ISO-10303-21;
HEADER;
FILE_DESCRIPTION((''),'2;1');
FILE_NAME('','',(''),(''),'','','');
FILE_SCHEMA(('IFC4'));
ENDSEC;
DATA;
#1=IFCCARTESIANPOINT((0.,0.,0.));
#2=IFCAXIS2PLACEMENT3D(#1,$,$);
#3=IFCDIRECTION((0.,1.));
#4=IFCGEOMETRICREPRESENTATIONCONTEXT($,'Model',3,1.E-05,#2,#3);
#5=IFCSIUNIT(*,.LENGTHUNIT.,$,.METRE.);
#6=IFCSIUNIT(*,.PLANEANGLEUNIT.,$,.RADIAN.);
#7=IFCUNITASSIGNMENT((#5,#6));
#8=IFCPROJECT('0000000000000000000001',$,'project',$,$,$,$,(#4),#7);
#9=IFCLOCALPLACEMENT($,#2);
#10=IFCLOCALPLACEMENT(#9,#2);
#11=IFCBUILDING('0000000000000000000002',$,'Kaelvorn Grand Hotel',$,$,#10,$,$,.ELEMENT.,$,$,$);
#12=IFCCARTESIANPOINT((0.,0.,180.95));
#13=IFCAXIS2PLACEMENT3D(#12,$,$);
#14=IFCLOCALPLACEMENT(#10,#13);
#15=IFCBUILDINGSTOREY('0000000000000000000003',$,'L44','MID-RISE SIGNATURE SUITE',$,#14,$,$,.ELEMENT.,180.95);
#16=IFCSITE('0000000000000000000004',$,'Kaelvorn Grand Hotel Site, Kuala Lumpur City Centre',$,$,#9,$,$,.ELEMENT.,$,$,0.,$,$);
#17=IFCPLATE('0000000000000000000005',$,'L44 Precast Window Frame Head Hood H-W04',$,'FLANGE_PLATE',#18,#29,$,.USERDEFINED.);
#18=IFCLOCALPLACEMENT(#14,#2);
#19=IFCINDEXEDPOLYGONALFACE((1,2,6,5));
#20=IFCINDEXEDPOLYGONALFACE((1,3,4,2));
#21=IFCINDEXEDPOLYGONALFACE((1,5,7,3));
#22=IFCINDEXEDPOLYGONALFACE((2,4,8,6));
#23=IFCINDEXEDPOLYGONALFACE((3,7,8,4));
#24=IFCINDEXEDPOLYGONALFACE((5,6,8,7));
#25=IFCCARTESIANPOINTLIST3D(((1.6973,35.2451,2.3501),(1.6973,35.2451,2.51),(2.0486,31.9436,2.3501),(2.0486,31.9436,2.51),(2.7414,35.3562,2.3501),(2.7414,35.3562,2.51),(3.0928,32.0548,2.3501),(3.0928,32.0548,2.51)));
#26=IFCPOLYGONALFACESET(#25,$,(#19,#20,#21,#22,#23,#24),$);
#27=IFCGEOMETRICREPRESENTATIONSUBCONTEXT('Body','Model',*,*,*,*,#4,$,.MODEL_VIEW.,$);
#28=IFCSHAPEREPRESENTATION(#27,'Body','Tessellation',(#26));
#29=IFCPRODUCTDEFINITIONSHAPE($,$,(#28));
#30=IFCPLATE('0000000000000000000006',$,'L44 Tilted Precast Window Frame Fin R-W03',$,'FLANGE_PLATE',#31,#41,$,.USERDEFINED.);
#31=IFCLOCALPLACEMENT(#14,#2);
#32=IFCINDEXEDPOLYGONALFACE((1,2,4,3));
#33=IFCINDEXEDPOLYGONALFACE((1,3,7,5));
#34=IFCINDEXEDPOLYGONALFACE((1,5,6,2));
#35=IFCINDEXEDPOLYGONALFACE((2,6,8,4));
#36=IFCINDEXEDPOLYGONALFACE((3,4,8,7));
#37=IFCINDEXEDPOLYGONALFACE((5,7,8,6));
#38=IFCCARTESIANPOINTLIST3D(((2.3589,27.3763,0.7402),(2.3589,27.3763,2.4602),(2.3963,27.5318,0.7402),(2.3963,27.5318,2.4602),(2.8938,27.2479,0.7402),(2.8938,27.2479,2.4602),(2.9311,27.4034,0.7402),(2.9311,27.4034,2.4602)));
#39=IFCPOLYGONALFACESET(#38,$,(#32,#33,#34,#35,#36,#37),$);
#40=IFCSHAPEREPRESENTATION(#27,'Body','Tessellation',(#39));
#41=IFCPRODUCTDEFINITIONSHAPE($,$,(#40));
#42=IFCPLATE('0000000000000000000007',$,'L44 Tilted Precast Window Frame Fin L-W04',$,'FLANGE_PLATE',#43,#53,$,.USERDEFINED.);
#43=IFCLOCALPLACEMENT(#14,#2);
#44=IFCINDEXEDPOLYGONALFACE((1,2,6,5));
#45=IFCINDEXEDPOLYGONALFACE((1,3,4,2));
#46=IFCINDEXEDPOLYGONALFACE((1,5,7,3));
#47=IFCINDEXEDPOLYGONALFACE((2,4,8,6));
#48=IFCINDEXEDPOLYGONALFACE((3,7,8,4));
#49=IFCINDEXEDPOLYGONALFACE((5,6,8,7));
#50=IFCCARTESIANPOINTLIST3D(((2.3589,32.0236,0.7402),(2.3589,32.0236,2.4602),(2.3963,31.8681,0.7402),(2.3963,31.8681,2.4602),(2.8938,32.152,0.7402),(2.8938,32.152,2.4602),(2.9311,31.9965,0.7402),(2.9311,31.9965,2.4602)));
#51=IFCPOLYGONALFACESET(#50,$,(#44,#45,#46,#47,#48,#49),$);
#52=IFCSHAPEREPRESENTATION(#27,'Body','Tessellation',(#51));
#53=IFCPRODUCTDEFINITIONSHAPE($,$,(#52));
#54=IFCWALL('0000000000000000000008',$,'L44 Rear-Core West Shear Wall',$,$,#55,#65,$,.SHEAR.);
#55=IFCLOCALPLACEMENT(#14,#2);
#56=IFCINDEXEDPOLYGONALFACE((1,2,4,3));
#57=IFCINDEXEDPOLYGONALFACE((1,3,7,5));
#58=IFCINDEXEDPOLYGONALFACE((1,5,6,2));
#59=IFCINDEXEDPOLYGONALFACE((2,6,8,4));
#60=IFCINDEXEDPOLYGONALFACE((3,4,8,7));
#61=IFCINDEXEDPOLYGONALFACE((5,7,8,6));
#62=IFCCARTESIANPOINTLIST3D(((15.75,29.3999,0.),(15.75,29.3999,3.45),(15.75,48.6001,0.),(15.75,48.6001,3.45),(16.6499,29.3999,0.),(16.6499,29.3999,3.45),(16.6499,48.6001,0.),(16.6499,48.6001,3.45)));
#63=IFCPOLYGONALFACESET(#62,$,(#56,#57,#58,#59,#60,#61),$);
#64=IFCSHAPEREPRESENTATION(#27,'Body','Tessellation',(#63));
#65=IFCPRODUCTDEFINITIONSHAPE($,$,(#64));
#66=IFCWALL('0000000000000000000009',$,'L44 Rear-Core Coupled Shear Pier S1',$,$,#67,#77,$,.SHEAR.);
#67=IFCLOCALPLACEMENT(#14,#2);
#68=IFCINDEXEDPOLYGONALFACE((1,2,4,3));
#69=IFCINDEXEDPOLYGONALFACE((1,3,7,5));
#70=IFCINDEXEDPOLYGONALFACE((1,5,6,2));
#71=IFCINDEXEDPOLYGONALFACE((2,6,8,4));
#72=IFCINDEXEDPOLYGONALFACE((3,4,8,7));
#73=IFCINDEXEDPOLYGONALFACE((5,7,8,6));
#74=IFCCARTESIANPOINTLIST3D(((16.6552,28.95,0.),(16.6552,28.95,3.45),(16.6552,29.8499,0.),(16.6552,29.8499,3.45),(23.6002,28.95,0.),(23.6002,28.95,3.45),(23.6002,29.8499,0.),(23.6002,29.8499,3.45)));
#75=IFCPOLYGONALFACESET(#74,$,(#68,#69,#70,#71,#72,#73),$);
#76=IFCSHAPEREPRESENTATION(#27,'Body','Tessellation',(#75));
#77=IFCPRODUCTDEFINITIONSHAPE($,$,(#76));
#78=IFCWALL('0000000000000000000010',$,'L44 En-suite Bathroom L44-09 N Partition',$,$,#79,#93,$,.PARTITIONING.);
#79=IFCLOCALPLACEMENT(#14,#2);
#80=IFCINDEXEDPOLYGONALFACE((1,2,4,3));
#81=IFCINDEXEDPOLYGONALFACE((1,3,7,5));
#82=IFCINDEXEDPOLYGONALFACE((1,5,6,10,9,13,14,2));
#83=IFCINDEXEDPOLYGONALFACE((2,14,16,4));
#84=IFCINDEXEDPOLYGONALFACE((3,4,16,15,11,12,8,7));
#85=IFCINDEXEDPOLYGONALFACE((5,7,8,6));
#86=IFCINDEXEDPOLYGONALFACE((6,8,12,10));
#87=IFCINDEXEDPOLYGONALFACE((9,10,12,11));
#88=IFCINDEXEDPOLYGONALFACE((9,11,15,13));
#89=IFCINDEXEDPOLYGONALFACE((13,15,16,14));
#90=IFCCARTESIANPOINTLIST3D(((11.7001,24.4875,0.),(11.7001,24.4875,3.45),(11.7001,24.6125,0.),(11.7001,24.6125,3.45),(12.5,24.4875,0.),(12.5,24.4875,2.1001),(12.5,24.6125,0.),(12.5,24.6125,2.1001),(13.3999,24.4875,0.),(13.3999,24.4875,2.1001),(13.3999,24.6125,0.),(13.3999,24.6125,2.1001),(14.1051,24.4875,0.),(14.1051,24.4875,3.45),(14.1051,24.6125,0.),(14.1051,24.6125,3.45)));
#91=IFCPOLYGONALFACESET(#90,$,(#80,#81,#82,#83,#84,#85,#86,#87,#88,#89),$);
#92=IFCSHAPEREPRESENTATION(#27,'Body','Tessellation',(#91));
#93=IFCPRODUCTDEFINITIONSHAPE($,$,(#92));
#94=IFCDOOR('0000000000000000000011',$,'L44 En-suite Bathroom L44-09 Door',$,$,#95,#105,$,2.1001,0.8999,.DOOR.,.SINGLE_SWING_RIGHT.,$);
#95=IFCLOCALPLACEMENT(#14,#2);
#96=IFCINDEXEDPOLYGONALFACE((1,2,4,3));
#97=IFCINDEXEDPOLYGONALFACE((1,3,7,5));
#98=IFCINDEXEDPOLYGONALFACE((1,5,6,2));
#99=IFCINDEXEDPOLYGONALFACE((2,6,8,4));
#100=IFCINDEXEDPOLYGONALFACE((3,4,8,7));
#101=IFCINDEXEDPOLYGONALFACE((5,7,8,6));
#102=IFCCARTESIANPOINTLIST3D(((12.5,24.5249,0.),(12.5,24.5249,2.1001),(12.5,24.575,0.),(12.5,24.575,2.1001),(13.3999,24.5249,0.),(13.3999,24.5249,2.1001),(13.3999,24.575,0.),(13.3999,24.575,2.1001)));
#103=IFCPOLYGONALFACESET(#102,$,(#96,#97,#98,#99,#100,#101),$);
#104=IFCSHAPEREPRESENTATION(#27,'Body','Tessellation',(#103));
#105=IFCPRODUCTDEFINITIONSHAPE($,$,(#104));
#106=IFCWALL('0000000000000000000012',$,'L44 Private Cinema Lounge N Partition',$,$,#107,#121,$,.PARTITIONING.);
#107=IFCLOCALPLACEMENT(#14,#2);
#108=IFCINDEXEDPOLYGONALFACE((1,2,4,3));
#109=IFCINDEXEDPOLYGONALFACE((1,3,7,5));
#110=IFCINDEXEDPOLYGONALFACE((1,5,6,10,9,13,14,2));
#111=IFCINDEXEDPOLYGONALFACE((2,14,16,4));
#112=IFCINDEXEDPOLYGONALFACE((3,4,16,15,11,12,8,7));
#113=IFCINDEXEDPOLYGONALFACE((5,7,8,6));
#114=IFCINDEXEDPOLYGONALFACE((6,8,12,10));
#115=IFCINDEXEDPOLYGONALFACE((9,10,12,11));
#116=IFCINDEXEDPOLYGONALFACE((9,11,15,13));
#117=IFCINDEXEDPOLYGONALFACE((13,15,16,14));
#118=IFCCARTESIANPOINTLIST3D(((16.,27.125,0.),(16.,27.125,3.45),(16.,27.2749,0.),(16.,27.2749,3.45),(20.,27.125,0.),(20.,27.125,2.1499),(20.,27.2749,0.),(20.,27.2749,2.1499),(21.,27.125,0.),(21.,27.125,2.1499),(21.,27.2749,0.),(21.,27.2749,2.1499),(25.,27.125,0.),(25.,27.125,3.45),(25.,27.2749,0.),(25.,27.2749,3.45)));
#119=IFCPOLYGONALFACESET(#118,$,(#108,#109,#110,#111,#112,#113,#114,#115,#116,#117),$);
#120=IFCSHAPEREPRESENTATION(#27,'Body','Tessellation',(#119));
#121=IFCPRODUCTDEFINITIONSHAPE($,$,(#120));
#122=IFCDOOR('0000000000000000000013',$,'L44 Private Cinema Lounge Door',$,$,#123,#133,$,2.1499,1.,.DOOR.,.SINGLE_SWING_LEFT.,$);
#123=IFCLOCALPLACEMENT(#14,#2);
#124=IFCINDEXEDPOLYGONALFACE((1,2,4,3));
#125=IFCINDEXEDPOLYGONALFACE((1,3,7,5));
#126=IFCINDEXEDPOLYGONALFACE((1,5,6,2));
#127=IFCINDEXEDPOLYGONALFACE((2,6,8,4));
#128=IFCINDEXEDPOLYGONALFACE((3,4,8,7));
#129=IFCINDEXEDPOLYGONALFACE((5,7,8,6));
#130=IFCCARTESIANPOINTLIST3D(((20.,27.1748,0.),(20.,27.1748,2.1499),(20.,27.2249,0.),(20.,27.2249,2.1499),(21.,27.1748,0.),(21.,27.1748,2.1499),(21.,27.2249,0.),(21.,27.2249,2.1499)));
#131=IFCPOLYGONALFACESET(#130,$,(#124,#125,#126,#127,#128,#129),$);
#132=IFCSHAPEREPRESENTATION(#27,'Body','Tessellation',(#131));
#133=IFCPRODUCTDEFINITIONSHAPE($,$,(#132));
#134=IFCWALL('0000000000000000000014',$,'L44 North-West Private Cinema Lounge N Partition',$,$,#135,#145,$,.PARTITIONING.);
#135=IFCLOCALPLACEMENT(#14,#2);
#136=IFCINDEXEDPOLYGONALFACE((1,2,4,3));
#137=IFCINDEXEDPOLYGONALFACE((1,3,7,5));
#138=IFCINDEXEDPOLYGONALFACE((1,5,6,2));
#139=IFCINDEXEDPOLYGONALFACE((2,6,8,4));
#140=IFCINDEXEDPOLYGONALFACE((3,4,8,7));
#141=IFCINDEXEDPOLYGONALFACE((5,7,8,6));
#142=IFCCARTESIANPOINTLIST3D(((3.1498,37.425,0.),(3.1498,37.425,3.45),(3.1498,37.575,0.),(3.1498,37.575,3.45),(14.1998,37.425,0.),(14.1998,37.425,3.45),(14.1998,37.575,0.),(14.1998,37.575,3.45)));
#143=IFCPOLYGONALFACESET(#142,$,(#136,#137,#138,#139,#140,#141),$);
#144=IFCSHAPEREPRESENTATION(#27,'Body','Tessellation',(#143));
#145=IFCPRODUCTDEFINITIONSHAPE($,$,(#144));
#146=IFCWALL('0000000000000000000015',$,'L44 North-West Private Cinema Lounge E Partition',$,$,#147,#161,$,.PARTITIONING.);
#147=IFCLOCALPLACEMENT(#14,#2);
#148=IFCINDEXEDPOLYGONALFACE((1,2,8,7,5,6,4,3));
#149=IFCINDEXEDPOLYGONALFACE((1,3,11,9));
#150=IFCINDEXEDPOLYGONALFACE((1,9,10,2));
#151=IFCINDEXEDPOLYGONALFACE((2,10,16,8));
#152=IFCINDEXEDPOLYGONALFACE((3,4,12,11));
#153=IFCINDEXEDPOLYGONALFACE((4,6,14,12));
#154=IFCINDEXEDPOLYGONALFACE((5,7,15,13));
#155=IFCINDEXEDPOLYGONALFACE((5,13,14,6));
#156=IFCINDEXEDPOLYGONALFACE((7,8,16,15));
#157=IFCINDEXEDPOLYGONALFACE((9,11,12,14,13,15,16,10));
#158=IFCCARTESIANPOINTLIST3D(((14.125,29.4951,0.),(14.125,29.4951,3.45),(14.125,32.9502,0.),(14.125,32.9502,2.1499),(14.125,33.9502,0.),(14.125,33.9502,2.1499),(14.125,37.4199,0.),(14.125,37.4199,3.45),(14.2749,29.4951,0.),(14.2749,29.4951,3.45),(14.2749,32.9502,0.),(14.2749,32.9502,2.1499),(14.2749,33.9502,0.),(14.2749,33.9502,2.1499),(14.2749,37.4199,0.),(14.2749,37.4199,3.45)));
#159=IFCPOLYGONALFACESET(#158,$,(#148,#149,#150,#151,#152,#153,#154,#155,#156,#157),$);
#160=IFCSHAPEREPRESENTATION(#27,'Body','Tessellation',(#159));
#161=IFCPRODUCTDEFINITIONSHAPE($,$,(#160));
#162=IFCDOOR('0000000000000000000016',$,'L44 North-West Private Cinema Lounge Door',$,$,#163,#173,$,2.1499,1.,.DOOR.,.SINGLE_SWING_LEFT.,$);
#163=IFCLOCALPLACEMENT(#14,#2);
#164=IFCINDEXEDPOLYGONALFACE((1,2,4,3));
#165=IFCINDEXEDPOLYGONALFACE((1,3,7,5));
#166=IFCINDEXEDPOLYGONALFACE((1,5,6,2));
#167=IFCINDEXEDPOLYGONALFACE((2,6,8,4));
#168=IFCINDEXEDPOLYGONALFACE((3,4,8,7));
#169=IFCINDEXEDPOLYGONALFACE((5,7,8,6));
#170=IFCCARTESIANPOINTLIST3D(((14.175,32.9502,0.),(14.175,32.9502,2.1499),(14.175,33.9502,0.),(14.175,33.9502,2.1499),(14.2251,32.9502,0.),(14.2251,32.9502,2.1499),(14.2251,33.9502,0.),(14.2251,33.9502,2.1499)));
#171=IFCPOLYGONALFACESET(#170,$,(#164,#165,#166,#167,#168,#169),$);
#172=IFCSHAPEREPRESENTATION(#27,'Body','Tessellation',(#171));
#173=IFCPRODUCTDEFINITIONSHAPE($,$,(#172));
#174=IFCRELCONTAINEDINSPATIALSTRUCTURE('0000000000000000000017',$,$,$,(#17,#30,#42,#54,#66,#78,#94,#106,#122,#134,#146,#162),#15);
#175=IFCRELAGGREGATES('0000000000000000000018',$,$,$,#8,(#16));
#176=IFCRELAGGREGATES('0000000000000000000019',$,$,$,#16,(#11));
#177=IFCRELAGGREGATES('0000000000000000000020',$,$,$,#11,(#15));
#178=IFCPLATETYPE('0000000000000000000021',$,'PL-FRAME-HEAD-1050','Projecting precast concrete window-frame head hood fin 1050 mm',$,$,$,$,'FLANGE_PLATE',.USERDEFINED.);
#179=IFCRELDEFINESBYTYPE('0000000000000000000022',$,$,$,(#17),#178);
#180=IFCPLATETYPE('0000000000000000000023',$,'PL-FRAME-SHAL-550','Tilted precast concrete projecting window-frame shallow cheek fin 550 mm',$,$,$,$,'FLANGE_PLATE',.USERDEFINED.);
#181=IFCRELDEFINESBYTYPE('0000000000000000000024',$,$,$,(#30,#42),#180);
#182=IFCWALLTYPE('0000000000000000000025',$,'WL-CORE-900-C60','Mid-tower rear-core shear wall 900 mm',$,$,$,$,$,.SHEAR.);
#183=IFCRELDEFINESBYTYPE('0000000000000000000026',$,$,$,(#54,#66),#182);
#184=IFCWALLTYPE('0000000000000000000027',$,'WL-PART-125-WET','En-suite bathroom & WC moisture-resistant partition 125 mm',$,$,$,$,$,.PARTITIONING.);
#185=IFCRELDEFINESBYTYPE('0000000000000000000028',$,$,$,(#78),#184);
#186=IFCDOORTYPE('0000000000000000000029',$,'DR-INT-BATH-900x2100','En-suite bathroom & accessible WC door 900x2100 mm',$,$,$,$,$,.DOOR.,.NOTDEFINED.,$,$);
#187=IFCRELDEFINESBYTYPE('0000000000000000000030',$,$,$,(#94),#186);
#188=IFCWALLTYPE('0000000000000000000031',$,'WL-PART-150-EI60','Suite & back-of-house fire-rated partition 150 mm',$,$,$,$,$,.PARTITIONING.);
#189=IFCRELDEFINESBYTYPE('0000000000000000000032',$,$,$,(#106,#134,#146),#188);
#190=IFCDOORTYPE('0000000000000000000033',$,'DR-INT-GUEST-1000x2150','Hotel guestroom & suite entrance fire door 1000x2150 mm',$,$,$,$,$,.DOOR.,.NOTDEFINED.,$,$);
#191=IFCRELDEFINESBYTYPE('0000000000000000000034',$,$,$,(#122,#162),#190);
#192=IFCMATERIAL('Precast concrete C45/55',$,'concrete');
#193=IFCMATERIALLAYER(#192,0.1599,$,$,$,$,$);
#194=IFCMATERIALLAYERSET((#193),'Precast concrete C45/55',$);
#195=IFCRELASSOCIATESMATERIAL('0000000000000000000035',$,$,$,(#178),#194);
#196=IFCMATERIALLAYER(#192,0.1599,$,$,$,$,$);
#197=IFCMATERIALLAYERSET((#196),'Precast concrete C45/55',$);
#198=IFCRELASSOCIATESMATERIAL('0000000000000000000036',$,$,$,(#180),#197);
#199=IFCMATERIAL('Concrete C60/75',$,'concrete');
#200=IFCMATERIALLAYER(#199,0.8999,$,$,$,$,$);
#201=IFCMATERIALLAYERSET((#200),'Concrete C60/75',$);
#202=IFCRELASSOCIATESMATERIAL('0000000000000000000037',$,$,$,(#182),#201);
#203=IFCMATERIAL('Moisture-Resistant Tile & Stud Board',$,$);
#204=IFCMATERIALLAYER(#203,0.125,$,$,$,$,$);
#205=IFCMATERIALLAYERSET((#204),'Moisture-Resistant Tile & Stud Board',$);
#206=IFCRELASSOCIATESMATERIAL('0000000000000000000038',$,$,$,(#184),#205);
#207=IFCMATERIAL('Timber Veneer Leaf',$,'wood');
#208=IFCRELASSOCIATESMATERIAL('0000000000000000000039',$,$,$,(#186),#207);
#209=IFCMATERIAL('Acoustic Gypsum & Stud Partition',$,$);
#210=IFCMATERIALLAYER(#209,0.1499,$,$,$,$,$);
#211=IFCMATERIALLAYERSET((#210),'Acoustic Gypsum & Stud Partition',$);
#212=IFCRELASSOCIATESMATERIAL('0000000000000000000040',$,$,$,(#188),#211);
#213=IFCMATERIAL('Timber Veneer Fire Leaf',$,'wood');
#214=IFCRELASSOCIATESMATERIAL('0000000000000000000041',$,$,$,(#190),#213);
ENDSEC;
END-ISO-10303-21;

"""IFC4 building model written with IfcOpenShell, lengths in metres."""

from ifc_helpers import new_model, si_unit, direction, frame, frame_2d, origin, origin_2d, place, context, subcontext, project, spatial, rectangle, extrude, material, layer, layer_set, type_object, element, fill, save


model = new_model("IFC4")

# Units and contexts
model_context = context("Model", 3, precision=1e-05, world=origin(), true_north=direction((0.0, 1.0)))
body_context = subcontext(model_context, "Body", "Model", "MODEL_VIEW")
ifc_project = project(units=[si_unit("LENGTHUNIT", "METRE"), si_unit("PLANEANGLEUNIT", "RADIAN")], contexts=[model_context])

# Site, building, storey
site_placement = place(None, origin())
site = spatial("IfcSite", under=ifc_project, at=site_placement, Name="Kaelvorn Grand Hotel Site, Kuala Lumpur City Centre", CompositionType="ELEMENT", RefElevation=0.0)
building_placement = place(site_placement, origin())
building = spatial("IfcBuilding", under=site, at=building_placement, Name="Kaelvorn Grand Hotel", CompositionType="ELEMENT")
storey_placement = place(building_placement, frame((0.0, 0.0, 180.95)))
storey = spatial("IfcBuildingStorey", under=building, at=storey_placement, Name="L44", Description="MID-RISE SIGNATURE SUITE", CompositionType="ELEMENT", Elevation=180.95)

# Shared definitions
ifc_material_1 = material(Name="Concrete C60/75", Category="concrete")

# Plates
ifc_material_2 = material(Name="Precast concrete C45/55", Category="concrete")
ifc_layer_1 = layer(ifc_material_2, 0.1599)
ifc_layer_set_1 = layer_set([ifc_layer_1], Name="Precast concrete C45/55")
plate_type_1 = type_object("IfcPlateType", Name="PL-FRAME-HEAD-1050", Description="Projecting precast concrete window-frame head hood fin 1050 mm", ElementType="FLANGE_PLATE", PredefinedType="USERDEFINED", material=ifc_layer_set_1)
for number, where, z_axis, x_axis, name in (
    (1, (2.395, 33.6499, 2.3501), (0.0, 0.0, 1.0), (-0.10583, 0.994384, 0.0), "L44 Precast Window Frame Head Hood H-W04"),
):
    element("IfcPlate", number, at=place(storey_placement, frame(where, z_axis=z_axis, x_axis=x_axis)), inside=storey, type_object=plate_type_1, Name=name, ObjectType="FLANGE_PLATE", PredefinedType="USERDEFINED", context=body_context, shape_type="SweptSolid", body=[
        extrude(rectangle(XDim=3.3201, YDim=1.05, at=origin_2d()), origin(), (0.0, 0.0, 1.0), 0.1599),
    ])
ifc_layer_2 = layer(ifc_material_2, 0.1599)
ifc_layer_set_2 = layer_set([ifc_layer_2], Name="Precast concrete C45/55")
plate_type_2 = type_object("IfcPlateType", Name="PL-FRAME-SHAL-550", Description="Tilted precast concrete projecting window-frame shallow cheek fin 550 mm", ElementType="FLANGE_PLATE", PredefinedType="USERDEFINED", material=ifc_layer_set_2)
for number, where, z_axis, x_axis, name in (
    (2, (2.645, 27.3899, 0.7402), (0.0, 0.0, 1.0), (0.233445, 0.97237, 0.0), "L44 Tilted Precast Window Frame Fin R-W03"),
    (3, (2.645, 32.01, 0.7402), (0.0, 0.0, 1.0), (-0.233445, 0.97237, 0.0), "L44 Tilted Precast Window Frame Fin L-W04"),
):
    element("IfcPlate", number, at=place(storey_placement, frame(where, z_axis=z_axis, x_axis=x_axis)), inside=storey, type_object=plate_type_2, Name=name, ObjectType="FLANGE_PLATE", PredefinedType="USERDEFINED", context=body_context, shape_type="SweptSolid", body=[
        extrude(rectangle(XDim=0.1599, YDim=0.55, at=origin_2d()), origin(), (0.0, 0.0, 1.0), 1.72),
    ])

# Walls
ifc_layer_3 = layer(ifc_material_1, 0.8999)
ifc_layer_set_3 = layer_set([ifc_layer_3], Name="Concrete C60/75")
wall_type_1 = type_object("IfcWallType", Name="WL-CORE-900-C60", Description="Mid-tower rear-core shear wall 900 mm", PredefinedType="SHEAR", material=ifc_layer_set_3)
wall_1_placement = place(storey_placement, frame((16.2, 29.3999, 0.0), z_axis=(0.0, 0.0, 1.0), x_axis=(0.0, 1.0, 0.0)))
element("IfcWall", 4, at=wall_1_placement, inside=storey, type_object=wall_type_1, Name="L44 Rear-Core West Shear Wall", PredefinedType="SHEAR", context=body_context, shape_type="SweptSolid", body=[
    extrude(rectangle(XDim=19.2002, YDim=0.8999, at=frame_2d((9.6001, 0.0))), origin(), (0.0, 0.0, 1.0), 3.45),
])
wall_2_placement = place(storey_placement, frame((16.655, 29.3999, 0.0), z_axis=(0.0, 0.0, 1.0), x_axis=(1.0, 0.0, 0.0)))
element("IfcWall", 5, at=wall_2_placement, inside=storey, type_object=wall_type_1, Name="L44 Rear-Core Coupled Shear Pier S1", PredefinedType="SHEAR", context=body_context, shape_type="SweptSolid", body=[
    extrude(rectangle(XDim=6.9451, YDim=0.8999, at=frame_2d((3.4727, 0.0))), origin(), (0.0, 0.0, 1.0), 3.45),
])

# Walls, openings, doors
ifc_material_3 = material(Name="Moisture-Resistant Tile & Stud Board")
ifc_layer_4 = layer(ifc_material_3, 0.125)
ifc_layer_set_4 = layer_set([ifc_layer_4], Name="Moisture-Resistant Tile & Stud Board")
wall_type_2 = type_object("IfcWallType", Name="WL-PART-125-WET", Description="En-suite bathroom & WC moisture-resistant partition 125 mm", PredefinedType="PARTITIONING", material=ifc_layer_set_4)
wall_3_placement = place(storey_placement, frame((11.7, 24.55, 0.0), z_axis=(0.0, 0.0, 1.0), x_axis=(1.0, 0.0, 0.0)))
wall_3 = element("IfcWall", 6, at=wall_3_placement, inside=storey, type_object=wall_type_2, Name="L44 En-suite Bathroom L44-09 N Partition", PredefinedType="PARTITIONING", context=body_context, shape_type="SweptSolid", body=[
    extrude(rectangle(XDim=2.405, YDim=0.125, at=frame_2d((1.2026, 0.0))), origin(), (0.0, 0.0, 1.0), 3.45),
])
opening_1_placement = place(wall_3_placement, frame((0.8, 0.0, 0.0)))
opening_1 = element("IfcOpeningElement", 7, at=opening_1_placement, cuts=wall_3, PredefinedType="OPENING", context=body_context, shape_type="SweptSolid", body=[
    extrude(rectangle(XDim=0.8999, YDim=2.1001, at=frame_2d((0.45, 1.05))), frame((0.0, 0.0725, 0.0), z_axis=(0.0, -1.0, 0.0), x_axis=(1.0, 0.0, 0.0)), (0.0, 0.0, 1.0), 0.145),
])
ifc_material_4 = material(Name="Timber Veneer Leaf", Category="wood")
door_type_1 = type_object("IfcDoorType", Name="DR-INT-BATH-900x2100", Description="En-suite bathroom & accessible WC door 900x2100 mm", OperationType="NOTDEFINED", PredefinedType="DOOR", material=ifc_material_4)
door_1_placement = place(opening_1_placement, origin())
door_1 = element("IfcDoor", 8, at=door_1_placement, inside=storey, type_object=door_type_1, Name="L44 En-suite Bathroom L44-09 Door", OperationType="SINGLE_SWING_RIGHT", OverallHeight=2.1001, OverallWidth=0.8999, PredefinedType="DOOR", context=body_context, shape_type="SweptSolid", body=[
    extrude(rectangle(XDim=0.8999, YDim=2.1001, at=frame_2d((0.45, 1.05))), frame((0.0, 0.0249, 0.0), z_axis=(0.0, -1.0, 0.0), x_axis=(1.0, 0.0, 0.0)), (0.0, 0.0, 1.0), 0.05),
])
fill(opening_1, door_1)
ifc_material_5 = material(Name="Acoustic Gypsum & Stud Partition")
ifc_layer_5 = layer(ifc_material_5, 0.1499)
ifc_layer_set_5 = layer_set([ifc_layer_5], Name="Acoustic Gypsum & Stud Partition")
wall_type_3 = type_object("IfcWallType", Name="WL-PART-150-EI60", Description="Suite & back-of-house fire-rated partition 150 mm", PredefinedType="PARTITIONING", material=ifc_layer_set_5)
wall_4_placement = place(storey_placement, frame((16.0, 27.2, 0.0), z_axis=(0.0, 0.0, 1.0), x_axis=(1.0, 0.0, 0.0)))
wall_4 = element("IfcWall", 9, at=wall_4_placement, inside=storey, type_object=wall_type_3, Name="L44 Private Cinema Lounge N Partition", PredefinedType="PARTITIONING", context=body_context, shape_type="SweptSolid", body=[
    extrude(rectangle(XDim=9.0, YDim=0.1499, at=frame_2d((4.5, 0.0))), origin(), (0.0, 0.0, 1.0), 3.45),
])
opening_2_placement = place(wall_4_placement, frame((4.0, 0.0, 0.0)))
opening_2 = element("IfcOpeningElement", 10, at=opening_2_placement, cuts=wall_4, PredefinedType="OPENING", context=body_context, shape_type="SweptSolid", body=[
    extrude(rectangle(XDim=1.0, YDim=2.1499, at=frame_2d((0.5, 1.075))), frame((0.0, 0.085, 0.0), z_axis=(0.0, -1.0, 0.0), x_axis=(1.0, 0.0, 0.0)), (0.0, 0.0, 1.0), 0.1699),
])
ifc_material_6 = material(Name="Timber Veneer Fire Leaf", Category="wood")
door_type_2 = type_object("IfcDoorType", Name="DR-INT-GUEST-1000x2150", Description="Hotel guestroom & suite entrance fire door 1000x2150 mm", OperationType="NOTDEFINED", PredefinedType="DOOR", material=ifc_material_6)
door_2_placement = place(opening_2_placement, origin())
door_2 = element("IfcDoor", 11, at=door_2_placement, inside=storey, type_object=door_type_2, Name="L44 Private Cinema Lounge Door", OperationType="SINGLE_SWING_LEFT", OverallHeight=2.1499, OverallWidth=1.0, PredefinedType="DOOR", context=body_context, shape_type="SweptSolid", body=[
    extrude(rectangle(XDim=1.0, YDim=2.1499, at=frame_2d((0.5, 1.075))), frame((0.0, 0.0249, 0.0), z_axis=(0.0, -1.0, 0.0), x_axis=(1.0, 0.0, 0.0)), (0.0, 0.0, 1.0), 0.05),
])
fill(opening_2, door_2)

# Wall
wall_5_placement = place(storey_placement, frame((3.1499, 37.5, 0.0), z_axis=(0.0, 0.0, 1.0), x_axis=(1.0, 0.0, 0.0)))
element("IfcWall", 12, at=wall_5_placement, inside=storey, type_object=wall_type_3, Name="L44 North-West Private Cinema Lounge N Partition", PredefinedType="PARTITIONING", context=body_context, shape_type="SweptSolid", body=[
    extrude(rectangle(XDim=11.05, YDim=0.1499, at=frame_2d((5.5249, 0.0))), origin(), (0.0, 0.0, 1.0), 3.45),
])

# Wall, opening, door
wall_6_placement = place(storey_placement, frame((14.2, 29.4951, 0.0), z_axis=(0.0, 0.0, 1.0), x_axis=(0.0, 1.0, 0.0)))
wall_6 = element("IfcWall", 13, at=wall_6_placement, inside=storey, type_object=wall_type_3, Name="L44 North-West Private Cinema Lounge E Partition", PredefinedType="PARTITIONING", context=body_context, shape_type="SweptSolid", body=[
    extrude(rectangle(XDim=7.9248, YDim=0.1499, at=frame_2d((3.9624, 0.0))), origin(), (0.0, 0.0, 1.0), 3.45),
])
opening_3_placement = place(wall_6_placement, frame((3.4551, 0.0, 0.0)))
opening_3 = element("IfcOpeningElement", 14, at=opening_3_placement, cuts=wall_6, PredefinedType="OPENING", context=body_context, shape_type="SweptSolid", body=[
    extrude(rectangle(XDim=1.0, YDim=2.1499, at=frame_2d((0.5, 1.075))), frame((0.0, 0.085, 0.0), z_axis=(0.0, -1.0, 0.0), x_axis=(1.0, 0.0, 0.0)), (0.0, 0.0, 1.0), 0.1699),
])
door_3_placement = place(opening_3_placement, origin())
door_3 = element("IfcDoor", 15, at=door_3_placement, inside=storey, type_object=door_type_2, Name="L44 North-West Private Cinema Lounge Door", OperationType="SINGLE_SWING_LEFT", OverallHeight=2.1499, OverallWidth=1.0, PredefinedType="DOOR", context=body_context, shape_type="SweptSolid", body=[
    extrude(rectangle(XDim=1.0, YDim=2.1499, at=frame_2d((0.5, 1.075))), frame((0.0, 0.0249, 0.0), z_axis=(0.0, -1.0, 0.0), x_axis=(1.0, 0.0, 0.0)), (0.0, 0.0, 1.0), 0.05),
])
fill(opening_3, door_3)

save(model, "model.ifc")
